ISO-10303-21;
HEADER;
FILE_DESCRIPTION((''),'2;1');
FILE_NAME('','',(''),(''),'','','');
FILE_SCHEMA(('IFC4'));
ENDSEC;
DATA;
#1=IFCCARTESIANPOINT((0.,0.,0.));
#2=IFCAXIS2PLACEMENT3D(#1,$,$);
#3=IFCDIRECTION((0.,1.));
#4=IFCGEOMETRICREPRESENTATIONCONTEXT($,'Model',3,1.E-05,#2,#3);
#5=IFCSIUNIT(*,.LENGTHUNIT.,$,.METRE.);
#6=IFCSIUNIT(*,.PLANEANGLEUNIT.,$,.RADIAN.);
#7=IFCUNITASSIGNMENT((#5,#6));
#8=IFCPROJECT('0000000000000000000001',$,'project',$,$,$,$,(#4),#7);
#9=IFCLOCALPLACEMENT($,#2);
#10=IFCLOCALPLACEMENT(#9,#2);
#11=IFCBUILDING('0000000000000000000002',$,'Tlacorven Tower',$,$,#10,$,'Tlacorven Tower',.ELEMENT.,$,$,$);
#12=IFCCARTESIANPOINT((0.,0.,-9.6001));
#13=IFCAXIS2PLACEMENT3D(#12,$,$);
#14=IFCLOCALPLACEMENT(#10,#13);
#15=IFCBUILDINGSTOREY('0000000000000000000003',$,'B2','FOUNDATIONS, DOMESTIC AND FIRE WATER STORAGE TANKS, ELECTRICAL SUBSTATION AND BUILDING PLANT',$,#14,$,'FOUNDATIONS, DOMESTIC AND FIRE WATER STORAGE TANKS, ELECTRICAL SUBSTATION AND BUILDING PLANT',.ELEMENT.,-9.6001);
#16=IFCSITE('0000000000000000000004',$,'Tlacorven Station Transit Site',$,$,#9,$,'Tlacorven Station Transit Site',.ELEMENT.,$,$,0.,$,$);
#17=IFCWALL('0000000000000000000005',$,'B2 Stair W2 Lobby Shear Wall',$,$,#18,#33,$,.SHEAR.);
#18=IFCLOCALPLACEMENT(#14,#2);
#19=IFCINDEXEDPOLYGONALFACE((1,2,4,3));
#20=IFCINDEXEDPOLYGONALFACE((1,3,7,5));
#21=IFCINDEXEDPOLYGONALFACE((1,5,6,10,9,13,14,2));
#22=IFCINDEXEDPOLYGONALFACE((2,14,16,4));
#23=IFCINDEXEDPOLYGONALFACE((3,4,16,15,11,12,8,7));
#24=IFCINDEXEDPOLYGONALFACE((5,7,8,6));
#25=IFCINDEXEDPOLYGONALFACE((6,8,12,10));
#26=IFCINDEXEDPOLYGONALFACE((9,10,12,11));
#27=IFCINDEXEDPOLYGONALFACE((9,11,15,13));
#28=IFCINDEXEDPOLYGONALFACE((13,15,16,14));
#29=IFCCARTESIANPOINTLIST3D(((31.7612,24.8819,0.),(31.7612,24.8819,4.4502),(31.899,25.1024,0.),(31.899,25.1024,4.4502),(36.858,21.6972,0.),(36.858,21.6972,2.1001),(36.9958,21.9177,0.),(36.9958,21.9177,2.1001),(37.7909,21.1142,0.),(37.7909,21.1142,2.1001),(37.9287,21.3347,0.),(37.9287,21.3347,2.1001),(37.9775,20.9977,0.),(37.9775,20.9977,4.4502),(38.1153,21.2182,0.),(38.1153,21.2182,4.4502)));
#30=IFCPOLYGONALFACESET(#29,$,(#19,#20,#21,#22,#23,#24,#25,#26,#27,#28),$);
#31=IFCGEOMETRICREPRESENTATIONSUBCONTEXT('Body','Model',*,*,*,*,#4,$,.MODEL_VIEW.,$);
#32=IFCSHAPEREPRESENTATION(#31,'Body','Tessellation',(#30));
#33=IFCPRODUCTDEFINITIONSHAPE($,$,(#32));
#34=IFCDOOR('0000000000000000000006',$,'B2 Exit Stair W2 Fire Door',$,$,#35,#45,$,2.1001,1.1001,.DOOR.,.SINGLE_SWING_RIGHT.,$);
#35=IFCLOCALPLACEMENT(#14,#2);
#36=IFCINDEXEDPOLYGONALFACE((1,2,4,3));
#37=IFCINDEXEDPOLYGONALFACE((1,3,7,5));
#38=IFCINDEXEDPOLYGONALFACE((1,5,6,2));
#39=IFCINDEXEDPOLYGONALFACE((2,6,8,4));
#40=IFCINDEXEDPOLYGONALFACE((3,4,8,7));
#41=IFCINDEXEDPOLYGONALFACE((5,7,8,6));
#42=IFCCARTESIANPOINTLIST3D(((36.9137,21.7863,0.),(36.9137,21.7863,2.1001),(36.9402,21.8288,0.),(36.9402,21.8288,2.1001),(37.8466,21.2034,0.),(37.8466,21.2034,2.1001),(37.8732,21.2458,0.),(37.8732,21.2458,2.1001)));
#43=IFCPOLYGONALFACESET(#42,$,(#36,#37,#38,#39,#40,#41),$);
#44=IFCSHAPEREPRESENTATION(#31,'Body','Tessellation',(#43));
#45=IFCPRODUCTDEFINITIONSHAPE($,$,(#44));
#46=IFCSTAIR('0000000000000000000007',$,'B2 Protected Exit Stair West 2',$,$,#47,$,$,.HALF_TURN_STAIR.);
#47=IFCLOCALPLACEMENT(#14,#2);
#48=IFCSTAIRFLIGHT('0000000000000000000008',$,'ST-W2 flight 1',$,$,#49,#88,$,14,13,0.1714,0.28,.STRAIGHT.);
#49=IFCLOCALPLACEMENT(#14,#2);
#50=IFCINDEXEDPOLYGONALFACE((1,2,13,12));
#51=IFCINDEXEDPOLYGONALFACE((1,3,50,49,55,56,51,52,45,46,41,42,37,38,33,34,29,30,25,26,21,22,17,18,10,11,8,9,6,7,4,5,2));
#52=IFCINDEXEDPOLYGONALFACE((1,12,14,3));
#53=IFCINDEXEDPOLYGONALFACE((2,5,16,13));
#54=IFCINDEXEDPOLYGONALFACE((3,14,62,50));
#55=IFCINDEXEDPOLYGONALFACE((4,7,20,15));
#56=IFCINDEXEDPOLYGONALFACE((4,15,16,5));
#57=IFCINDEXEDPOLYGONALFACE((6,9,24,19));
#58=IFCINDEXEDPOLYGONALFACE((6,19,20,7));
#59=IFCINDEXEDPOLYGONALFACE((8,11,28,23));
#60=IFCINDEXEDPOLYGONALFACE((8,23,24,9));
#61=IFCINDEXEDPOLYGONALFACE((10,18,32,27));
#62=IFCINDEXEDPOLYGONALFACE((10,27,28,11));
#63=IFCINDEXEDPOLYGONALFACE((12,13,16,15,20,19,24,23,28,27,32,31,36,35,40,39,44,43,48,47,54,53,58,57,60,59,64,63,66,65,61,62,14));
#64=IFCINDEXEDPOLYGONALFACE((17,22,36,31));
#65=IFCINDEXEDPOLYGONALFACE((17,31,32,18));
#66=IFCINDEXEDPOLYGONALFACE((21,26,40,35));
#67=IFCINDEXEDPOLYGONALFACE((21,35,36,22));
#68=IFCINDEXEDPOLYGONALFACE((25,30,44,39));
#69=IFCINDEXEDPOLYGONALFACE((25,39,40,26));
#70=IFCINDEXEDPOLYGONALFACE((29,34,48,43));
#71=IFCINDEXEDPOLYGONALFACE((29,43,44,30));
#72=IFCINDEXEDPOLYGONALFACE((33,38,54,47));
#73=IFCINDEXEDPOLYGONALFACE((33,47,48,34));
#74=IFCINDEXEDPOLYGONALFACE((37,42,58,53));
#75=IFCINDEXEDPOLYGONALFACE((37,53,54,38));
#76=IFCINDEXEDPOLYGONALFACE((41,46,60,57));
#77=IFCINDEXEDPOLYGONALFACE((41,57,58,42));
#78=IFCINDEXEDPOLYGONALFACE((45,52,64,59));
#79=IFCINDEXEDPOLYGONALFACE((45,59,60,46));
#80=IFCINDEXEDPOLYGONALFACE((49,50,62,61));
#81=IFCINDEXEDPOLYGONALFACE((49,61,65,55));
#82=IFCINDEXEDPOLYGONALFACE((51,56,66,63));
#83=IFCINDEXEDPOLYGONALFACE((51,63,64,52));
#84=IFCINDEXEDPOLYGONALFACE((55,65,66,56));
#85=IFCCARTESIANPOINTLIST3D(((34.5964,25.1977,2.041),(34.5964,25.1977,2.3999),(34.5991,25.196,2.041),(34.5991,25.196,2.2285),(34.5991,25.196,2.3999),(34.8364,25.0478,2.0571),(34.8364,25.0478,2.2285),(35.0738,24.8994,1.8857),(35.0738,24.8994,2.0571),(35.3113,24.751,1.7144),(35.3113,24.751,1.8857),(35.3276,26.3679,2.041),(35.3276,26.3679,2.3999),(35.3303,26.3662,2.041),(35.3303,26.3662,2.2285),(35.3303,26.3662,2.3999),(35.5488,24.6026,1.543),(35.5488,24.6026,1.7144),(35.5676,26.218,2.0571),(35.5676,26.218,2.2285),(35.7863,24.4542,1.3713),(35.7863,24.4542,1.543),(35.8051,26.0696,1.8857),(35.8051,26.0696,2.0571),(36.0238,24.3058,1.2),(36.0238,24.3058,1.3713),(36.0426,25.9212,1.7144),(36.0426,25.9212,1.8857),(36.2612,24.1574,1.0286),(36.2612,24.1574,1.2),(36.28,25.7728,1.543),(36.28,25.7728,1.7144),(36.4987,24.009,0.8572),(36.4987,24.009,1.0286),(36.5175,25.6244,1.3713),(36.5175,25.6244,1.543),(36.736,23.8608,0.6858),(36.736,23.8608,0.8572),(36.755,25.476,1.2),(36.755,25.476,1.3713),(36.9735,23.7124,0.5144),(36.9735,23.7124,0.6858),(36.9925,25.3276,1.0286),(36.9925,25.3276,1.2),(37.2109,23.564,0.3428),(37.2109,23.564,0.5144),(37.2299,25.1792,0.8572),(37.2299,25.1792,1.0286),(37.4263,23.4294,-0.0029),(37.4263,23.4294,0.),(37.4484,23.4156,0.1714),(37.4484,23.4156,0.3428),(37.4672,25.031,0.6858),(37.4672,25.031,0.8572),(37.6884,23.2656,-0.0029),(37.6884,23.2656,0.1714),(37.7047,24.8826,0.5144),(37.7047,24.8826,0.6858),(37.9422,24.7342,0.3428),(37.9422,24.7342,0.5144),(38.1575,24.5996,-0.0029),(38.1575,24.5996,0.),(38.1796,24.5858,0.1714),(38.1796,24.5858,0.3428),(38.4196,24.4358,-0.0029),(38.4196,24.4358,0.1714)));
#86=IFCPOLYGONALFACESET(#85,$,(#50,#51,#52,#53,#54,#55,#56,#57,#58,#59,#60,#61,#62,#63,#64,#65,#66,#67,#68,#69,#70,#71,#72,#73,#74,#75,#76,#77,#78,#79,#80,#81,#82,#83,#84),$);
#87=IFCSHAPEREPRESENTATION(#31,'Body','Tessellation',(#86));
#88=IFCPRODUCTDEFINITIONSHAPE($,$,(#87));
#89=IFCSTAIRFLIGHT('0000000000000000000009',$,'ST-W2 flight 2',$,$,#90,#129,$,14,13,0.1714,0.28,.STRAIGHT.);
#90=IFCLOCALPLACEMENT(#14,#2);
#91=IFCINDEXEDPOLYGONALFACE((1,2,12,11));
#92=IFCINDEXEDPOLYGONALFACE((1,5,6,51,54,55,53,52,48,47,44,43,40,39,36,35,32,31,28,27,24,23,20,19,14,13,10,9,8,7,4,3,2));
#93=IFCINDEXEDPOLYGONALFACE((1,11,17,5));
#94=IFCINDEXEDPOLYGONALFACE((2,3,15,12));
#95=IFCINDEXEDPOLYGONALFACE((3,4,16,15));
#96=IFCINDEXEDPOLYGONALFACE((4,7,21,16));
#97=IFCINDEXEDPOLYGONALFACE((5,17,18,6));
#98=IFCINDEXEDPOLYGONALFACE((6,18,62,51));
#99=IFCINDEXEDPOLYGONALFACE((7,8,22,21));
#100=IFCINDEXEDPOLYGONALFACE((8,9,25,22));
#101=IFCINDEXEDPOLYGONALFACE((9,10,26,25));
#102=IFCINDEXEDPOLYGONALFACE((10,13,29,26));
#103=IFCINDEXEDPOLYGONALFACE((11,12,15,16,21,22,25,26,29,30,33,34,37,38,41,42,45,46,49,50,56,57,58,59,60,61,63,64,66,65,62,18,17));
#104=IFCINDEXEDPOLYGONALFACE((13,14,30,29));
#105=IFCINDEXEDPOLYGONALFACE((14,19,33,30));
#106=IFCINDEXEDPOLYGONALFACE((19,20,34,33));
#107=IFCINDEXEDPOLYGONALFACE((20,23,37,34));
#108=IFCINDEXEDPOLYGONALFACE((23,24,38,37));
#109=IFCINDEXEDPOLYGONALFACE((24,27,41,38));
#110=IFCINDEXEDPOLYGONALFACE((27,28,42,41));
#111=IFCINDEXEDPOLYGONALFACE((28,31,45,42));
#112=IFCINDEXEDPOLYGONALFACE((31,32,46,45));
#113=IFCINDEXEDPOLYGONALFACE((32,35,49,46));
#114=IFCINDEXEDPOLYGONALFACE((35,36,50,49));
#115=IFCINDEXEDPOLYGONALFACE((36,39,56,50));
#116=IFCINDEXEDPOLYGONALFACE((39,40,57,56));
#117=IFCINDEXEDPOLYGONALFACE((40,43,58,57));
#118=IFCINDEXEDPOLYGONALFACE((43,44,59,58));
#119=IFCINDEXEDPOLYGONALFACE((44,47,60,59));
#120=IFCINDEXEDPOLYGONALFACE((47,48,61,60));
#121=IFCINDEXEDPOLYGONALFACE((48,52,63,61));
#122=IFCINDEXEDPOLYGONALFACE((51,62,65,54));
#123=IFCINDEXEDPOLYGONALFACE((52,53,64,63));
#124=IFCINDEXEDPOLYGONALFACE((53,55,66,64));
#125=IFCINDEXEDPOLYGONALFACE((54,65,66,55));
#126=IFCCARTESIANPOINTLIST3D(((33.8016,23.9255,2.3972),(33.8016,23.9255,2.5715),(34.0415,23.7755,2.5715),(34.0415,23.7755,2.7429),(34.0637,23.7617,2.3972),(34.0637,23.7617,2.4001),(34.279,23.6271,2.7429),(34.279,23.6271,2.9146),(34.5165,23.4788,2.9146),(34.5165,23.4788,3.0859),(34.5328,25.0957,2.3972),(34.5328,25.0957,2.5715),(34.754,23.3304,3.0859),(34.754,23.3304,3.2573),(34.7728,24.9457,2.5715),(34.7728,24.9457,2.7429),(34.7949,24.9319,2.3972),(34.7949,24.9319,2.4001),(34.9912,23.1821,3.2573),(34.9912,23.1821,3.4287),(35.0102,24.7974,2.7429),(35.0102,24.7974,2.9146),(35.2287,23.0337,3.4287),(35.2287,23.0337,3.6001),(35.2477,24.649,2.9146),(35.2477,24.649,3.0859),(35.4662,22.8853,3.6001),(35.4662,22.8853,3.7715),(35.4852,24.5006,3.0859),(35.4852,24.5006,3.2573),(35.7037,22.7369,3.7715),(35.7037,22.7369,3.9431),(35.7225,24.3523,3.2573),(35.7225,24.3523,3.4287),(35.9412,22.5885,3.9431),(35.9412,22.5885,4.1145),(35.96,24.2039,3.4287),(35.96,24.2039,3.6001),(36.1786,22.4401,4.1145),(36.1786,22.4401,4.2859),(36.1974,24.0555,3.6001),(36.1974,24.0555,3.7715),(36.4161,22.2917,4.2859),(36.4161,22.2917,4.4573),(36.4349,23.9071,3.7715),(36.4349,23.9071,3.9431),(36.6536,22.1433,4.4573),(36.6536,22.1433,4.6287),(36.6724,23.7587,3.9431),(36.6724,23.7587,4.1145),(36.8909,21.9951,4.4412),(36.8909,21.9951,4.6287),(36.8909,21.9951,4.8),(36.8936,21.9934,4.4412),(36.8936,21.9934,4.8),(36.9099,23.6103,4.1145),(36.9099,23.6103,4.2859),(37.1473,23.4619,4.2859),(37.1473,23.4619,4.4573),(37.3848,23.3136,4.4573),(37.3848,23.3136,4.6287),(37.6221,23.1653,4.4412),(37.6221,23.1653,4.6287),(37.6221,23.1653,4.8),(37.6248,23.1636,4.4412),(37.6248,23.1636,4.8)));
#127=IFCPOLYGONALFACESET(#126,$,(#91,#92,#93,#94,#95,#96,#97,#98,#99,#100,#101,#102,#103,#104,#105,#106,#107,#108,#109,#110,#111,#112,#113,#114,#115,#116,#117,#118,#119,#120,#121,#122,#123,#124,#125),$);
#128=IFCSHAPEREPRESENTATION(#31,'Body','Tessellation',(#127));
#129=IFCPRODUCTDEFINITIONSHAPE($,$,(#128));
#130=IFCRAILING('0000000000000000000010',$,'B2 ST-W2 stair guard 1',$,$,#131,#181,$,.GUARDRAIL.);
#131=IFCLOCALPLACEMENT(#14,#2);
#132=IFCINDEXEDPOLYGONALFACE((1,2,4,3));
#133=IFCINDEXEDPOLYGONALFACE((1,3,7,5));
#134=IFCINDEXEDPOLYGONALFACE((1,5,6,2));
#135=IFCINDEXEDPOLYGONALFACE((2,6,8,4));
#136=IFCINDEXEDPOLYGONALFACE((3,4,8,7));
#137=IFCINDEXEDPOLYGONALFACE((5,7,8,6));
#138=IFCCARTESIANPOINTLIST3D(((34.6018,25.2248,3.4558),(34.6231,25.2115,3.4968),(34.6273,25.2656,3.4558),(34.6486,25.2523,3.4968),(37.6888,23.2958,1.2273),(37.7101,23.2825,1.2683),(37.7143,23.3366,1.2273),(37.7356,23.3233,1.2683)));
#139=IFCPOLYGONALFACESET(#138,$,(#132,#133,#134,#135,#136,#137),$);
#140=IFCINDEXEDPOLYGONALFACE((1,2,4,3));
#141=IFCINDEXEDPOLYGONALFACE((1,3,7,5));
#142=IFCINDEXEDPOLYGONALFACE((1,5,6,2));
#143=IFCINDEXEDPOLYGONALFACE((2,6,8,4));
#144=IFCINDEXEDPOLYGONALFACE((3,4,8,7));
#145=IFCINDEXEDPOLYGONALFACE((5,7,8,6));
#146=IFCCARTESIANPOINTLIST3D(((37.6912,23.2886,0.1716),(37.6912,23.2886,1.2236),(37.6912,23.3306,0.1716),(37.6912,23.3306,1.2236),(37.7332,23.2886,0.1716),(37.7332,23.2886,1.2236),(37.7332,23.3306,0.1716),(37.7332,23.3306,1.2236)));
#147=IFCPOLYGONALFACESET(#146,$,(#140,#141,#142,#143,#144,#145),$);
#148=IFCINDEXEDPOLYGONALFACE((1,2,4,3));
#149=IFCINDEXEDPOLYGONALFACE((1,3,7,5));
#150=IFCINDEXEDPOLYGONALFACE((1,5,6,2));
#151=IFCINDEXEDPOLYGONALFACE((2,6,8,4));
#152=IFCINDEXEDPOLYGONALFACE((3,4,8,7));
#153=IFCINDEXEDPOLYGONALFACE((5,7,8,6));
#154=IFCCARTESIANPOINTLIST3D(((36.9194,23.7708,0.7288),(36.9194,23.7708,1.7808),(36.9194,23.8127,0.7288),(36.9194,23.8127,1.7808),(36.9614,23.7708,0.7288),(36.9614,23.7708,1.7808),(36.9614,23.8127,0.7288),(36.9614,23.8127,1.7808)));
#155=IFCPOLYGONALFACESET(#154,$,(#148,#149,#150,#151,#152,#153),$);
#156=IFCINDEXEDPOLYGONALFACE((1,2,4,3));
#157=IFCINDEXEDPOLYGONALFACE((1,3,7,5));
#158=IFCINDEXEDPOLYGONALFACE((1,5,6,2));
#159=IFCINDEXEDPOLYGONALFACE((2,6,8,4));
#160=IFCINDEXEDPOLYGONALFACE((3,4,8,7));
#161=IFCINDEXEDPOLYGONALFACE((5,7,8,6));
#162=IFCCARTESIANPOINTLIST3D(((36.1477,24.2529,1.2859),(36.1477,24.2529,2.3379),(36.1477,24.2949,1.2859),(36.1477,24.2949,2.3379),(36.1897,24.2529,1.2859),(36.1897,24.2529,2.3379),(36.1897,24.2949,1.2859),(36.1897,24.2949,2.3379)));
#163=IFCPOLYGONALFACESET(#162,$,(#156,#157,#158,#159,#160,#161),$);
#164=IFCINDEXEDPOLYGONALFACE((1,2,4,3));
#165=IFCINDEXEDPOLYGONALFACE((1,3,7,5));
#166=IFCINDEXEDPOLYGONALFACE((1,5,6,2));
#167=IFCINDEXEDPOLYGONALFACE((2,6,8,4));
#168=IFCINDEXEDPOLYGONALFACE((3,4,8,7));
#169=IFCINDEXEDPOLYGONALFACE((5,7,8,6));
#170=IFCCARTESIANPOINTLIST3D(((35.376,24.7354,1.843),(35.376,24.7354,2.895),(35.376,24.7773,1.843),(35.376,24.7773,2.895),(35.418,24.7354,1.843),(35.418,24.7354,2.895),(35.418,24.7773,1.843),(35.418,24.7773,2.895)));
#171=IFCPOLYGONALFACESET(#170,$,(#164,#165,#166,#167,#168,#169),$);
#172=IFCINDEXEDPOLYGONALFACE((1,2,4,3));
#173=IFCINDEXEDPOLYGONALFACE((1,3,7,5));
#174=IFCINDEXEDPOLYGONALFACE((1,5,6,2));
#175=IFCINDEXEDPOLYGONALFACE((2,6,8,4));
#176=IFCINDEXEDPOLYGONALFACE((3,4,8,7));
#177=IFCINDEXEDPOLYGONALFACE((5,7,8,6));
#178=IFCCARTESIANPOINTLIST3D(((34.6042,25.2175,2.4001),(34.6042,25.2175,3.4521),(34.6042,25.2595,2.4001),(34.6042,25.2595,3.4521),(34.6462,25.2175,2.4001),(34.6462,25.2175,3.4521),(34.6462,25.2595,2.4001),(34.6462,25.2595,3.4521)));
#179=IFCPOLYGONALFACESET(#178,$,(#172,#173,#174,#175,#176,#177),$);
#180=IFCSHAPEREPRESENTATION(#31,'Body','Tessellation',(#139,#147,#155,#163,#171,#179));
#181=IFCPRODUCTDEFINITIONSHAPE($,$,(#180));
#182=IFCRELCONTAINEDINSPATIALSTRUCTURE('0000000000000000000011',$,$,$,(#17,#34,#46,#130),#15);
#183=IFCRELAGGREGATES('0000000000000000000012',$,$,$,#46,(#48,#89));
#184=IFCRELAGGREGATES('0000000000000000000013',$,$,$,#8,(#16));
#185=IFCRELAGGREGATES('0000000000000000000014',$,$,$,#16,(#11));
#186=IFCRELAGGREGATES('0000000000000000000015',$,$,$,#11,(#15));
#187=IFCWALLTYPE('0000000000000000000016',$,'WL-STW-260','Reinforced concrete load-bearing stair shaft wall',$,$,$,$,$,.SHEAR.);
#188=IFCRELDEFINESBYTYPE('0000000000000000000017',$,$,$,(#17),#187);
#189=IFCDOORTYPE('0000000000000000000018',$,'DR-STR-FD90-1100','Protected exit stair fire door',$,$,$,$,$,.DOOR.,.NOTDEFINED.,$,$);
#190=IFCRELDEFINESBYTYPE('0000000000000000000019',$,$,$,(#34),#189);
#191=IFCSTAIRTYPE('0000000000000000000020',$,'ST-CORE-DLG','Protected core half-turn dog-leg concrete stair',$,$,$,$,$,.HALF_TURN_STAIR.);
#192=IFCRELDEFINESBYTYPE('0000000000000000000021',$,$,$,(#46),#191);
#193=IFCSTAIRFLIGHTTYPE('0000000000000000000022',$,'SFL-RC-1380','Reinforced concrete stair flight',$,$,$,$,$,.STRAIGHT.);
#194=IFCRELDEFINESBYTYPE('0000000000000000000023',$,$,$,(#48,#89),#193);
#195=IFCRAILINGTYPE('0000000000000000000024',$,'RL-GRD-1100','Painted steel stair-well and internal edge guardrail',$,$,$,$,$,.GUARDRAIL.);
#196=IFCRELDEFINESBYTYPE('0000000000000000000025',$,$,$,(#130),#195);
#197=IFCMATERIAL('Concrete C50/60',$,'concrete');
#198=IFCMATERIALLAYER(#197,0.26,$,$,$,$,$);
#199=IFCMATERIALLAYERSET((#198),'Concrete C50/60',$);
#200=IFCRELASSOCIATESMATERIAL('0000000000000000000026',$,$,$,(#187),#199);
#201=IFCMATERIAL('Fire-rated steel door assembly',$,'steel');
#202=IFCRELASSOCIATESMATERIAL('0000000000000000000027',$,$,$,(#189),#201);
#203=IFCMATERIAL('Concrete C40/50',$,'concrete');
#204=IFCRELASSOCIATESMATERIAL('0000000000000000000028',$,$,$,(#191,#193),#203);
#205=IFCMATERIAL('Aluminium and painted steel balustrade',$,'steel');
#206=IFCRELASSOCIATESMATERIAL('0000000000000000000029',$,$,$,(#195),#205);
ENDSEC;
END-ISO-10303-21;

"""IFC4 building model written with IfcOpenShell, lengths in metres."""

from ifc_helpers import new_model, si_unit, direction, frame, frame_2d, origin, origin_2d, place, context, subcontext, project, spatial, polyline, rectangle, outline, extrude, source, transform, mapped, material, layer, layer_set, type_object, element, fill, aggregate, save


model = new_model("IFC4")

# Units and contexts
model_context = context("Model", 3, precision=1e-05, world=origin(), true_north=direction((0.0, 1.0)))
body_context = subcontext(model_context, "Body", "Model", "MODEL_VIEW")
ifc_project = project(units=[si_unit("LENGTHUNIT", "METRE"), si_unit("PLANEANGLEUNIT", "RADIAN")], contexts=[model_context])

# Site, building, storey
site_placement = place(None, origin())
site = spatial("IfcSite", under=ifc_project, at=site_placement, Name="Tlacorven Station Transit Site", LongName="Tlacorven Station Transit Site", CompositionType="ELEMENT", RefElevation=0.0)
building_placement = place(site_placement, origin())
building = spatial("IfcBuilding", under=site, at=building_placement, Name="Tlacorven Tower", LongName="Tlacorven Tower", CompositionType="ELEMENT")
storey_placement = place(building_placement, frame((0.0, 0.0, -9.6001)))
storey = spatial("IfcBuildingStorey", under=building, at=storey_placement, Name="B2", Description="FOUNDATIONS, DOMESTIC AND FIRE WATER STORAGE TANKS, ELECTRICAL SUBSTATION AND BUILDING PLANT", LongName="FOUNDATIONS, DOMESTIC AND FIRE WATER STORAGE TANKS, ELECTRICAL SUBSTATION AND BUILDING PLANT", CompositionType="ELEMENT", Elevation=-9.6001)

# Shared definitions
ifc_material_1 = material(Name="Concrete C50/60", Category="concrete")

# Shared definitions
ifc_material_2 = material(Name="Fire-rated steel door assembly", Category="steel")

# Shared definitions
ifc_material_3 = material(Name="Concrete C40/50", Category="concrete")

# Wall, opening, door
ifc_layer_1 = layer(ifc_material_1, 0.26)
ifc_layer_set_1 = layer_set([ifc_layer_1], Name="Concrete C50/60")
wall_type_1 = type_object("IfcWallType", Name="WL-STW-260", Description="Reinforced concrete load-bearing stair shaft wall", PredefinedType="SHEAR", material=ifc_layer_set_1)
wall_1_placement = place(storey_placement, frame((38.0464, 21.1079, 0.0), z_axis=(0.0, 0.0, 1.0), x_axis=(-0.848054, 0.529909, 0.0)))
wall_1 = element("IfcWall", 1, at=wall_1_placement, inside=storey, type_object=wall_type_1, Name="B2 Stair W2 Lobby Shear Wall", PredefinedType="SHEAR", context=body_context, shape_type="SweptSolid", body=[
    extrude(rectangle(XDim=7.3301, YDim=0.26, at=frame_2d((3.665, 0.0))), origin(), (0.0, 0.0, 1.0), 4.4502),
])
opening_1_placement = place(wall_1_placement, frame((0.22, 0.0, 0.0)))
opening_1 = element("IfcOpeningElement", 2, at=opening_1_placement, cuts=wall_1, PredefinedType="OPENING", context=body_context, shape_type="SweptSolid", body=[
    extrude(rectangle(XDim=1.1001, YDim=2.1001, at=frame_2d((0.55, 1.05))), frame((0.0, 0.1401, 0.0), z_axis=(0.0, -1.0, 0.0), x_axis=(1.0, 0.0, 0.0)), (0.0, 0.0, 1.0), 0.28),
])
door_type_1 = type_object("IfcDoorType", Name="DR-STR-FD90-1100", Description="Protected exit stair fire door", OperationType="NOTDEFINED", PredefinedType="DOOR", material=ifc_material_2)
shared_shape_1 = source(origin(), body_context, "Body", "SweptSolid", [
    extrude(rectangle(XDim=1.1001, YDim=2.1001, at=frame_2d((0.55, 1.05))), frame((0.0, 0.0249, 0.0), z_axis=(0.0, -1.0, 0.0), x_axis=(1.0, 0.0, 0.0)), (0.0, 0.0, 1.0), 0.05),
])
door_1_placement = place(opening_1_placement, origin())
door_1 = element("IfcDoor", 3, at=door_1_placement, inside=storey, type_object=door_type_1, Name="B2 Exit Stair W2 Fire Door", OperationType="SINGLE_SWING_RIGHT", OverallHeight=2.1001, OverallWidth=1.1001, PredefinedType="DOOR", context=body_context, shape_type="MappedRepresentation", body=[
    mapped(shared_shape_1, transform((0.0, 0.0, 0.0), scale=1.0)),
])
fill(opening_1, door_1)

# Stair, stair flights
stair_type = type_object("IfcStairType", Name="ST-CORE-DLG", Description="Protected core half-turn dog-leg concrete stair", PredefinedType="HALF_TURN_STAIR", material=ifc_material_3)
stair_placement = place(storey_placement, origin())
stair = element("IfcStair", 4, at=stair_placement, inside=storey, type_object=stair_type, Name="B2 Protected Exit Stair West 2", PredefinedType="HALF_TURN_STAIR")
stair_flight_type = type_object("IfcStairFlightType", Name="SFL-RC-1380", Description="Reinforced concrete stair flight", PredefinedType="STRAIGHT", material=ifc_material_3)
shared_shape_2 = source(origin(), body_context, "Body", "SweptSolid", [
    extrude(outline(polyline([(-0.0029, -0.0029), (-0.0029, 0.1714), (0.28, 0.1714), (0.28, 0.3428), (0.5601, 0.3428), (0.5601, 0.5144), (0.8401, 0.5144), (0.8401, 0.6858), (1.1201, 0.6858), (1.1201, 0.8572), (1.3999, 0.8572), (1.3999, 1.0286), (1.6799, 1.0286), (1.6799, 1.2), (1.96, 1.2), (1.96, 1.3713), (2.24, 1.3713), (2.24, 1.543), (2.52, 1.543), (2.52, 1.7144), (2.8, 1.7144), (2.8, 1.8857), (3.0801, 1.8857), (3.0801, 2.0571), (3.3601, 2.0571), (3.3601, 2.2285), (3.6399, 2.2285), (3.6399, 2.3999), (3.6431, 2.3999), (3.6431, 2.041), (3.6399, 2.041), (0.3062, 0.0), (0.3062, -0.0029), (-0.0029, -0.0029)])), frame((0.0, 0.6899, 0.0), z_axis=(0.0, -1.0, 0.0), x_axis=(1.0, 0.0, 0.0)), (0.0, 0.0, 1.0), 1.3799),
])
stair_flight_1_placement = place(storey_placement, frame((38.0515, 23.8523, 0.0), z_axis=(0.0, 0.0, 1.0), x_axis=(-0.848048, 0.529919, 0.0)))
stair_flight_1 = element("IfcStairFlight", 5, at=stair_flight_1_placement, type_object=stair_flight_type, Name="ST-W2 flight 1", NumberOfRisers=14, NumberOfTreads=13, PredefinedType="STRAIGHT", RiserHeight=0.1714, TreadLength=0.28, context=body_context, shape_type="MappedRepresentation", body=[
    mapped(shared_shape_2, transform((0.0, 0.0, 0.0), scale=1.0)),
])
stair_flight_2_placement = place(storey_placement, frame((34.1697, 24.509, 2.4001), z_axis=(0.0, 0.0, 1.0), x_axis=(0.848048, -0.529919, 0.0)))
stair_flight_2 = element("IfcStairFlight", 6, at=stair_flight_2_placement, type_object=stair_flight_type, Name="ST-W2 flight 2", NumberOfRisers=14, NumberOfTreads=13, PredefinedType="STRAIGHT", RiserHeight=0.1714, TreadLength=0.28, context=body_context, shape_type="MappedRepresentation", body=[
    mapped(shared_shape_2, transform((0.0, 0.0, 0.0), scale=1.0)),
])
aggregate(stair, [stair_flight_1, stair_flight_2])

# Railing
ifc_material_4 = material(Name="Aluminium and painted steel balustrade", Category="steel")
railing_type_1 = type_object("IfcRailingType", Name="RL-GRD-1100", Description="Painted steel stair-well and internal edge guardrail", PredefinedType="GUARDRAIL", material=ifc_material_4)
shared_shape_3 = source(origin(), body_context, "Body", "SweptSolid", [
    extrude(rectangle(XDim=0.0481, YDim=0.0481, at=origin_2d()), frame((0.0, 0.0, 1.0762), z_axis=(-0.723262, 0.451953, 0.52214), x_axis=(-0.529927, -0.848044, 0.0)), (0.0, 0.0, 1.0), 4.2681),
    extrude(rectangle(XDim=0.042, YDim=0.042, at=origin_2d()), origin(), (0.0, 0.0, 1.0), 1.052),
    extrude(rectangle(XDim=0.042, YDim=0.042, at=origin_2d()), frame((-0.7717, 0.4822, 0.5571)), (0.0, 0.0, 1.0), 1.052),
    extrude(rectangle(XDim=0.042, YDim=0.042, at=origin_2d()), frame((-1.5435, 0.9644, 1.1143)), (0.0, 0.0, 1.0), 1.052),
    extrude(rectangle(XDim=0.042, YDim=0.042, at=origin_2d()), frame((-2.3152, 1.4468, 1.6714)), (0.0, 0.0, 1.0), 1.052),
    extrude(rectangle(XDim=0.042, YDim=0.042, at=origin_2d()), frame((-3.0869, 1.929, 2.2285)), (0.0, 0.0, 1.0), 1.052),
])
railing_1_placement = place(storey_placement, frame((37.7122, 23.3096, 0.1716)))
element("IfcRailing", 7, at=railing_1_placement, inside=storey, type_object=railing_type_1, Name="B2 ST-W2 stair guard 1", PredefinedType="GUARDRAIL", context=body_context, shape_type="MappedRepresentation", body=[
    mapped(shared_shape_3, transform((0.0, 0.0, 0.0), scale=1.0)),
])

save(model, "model.ifc")
